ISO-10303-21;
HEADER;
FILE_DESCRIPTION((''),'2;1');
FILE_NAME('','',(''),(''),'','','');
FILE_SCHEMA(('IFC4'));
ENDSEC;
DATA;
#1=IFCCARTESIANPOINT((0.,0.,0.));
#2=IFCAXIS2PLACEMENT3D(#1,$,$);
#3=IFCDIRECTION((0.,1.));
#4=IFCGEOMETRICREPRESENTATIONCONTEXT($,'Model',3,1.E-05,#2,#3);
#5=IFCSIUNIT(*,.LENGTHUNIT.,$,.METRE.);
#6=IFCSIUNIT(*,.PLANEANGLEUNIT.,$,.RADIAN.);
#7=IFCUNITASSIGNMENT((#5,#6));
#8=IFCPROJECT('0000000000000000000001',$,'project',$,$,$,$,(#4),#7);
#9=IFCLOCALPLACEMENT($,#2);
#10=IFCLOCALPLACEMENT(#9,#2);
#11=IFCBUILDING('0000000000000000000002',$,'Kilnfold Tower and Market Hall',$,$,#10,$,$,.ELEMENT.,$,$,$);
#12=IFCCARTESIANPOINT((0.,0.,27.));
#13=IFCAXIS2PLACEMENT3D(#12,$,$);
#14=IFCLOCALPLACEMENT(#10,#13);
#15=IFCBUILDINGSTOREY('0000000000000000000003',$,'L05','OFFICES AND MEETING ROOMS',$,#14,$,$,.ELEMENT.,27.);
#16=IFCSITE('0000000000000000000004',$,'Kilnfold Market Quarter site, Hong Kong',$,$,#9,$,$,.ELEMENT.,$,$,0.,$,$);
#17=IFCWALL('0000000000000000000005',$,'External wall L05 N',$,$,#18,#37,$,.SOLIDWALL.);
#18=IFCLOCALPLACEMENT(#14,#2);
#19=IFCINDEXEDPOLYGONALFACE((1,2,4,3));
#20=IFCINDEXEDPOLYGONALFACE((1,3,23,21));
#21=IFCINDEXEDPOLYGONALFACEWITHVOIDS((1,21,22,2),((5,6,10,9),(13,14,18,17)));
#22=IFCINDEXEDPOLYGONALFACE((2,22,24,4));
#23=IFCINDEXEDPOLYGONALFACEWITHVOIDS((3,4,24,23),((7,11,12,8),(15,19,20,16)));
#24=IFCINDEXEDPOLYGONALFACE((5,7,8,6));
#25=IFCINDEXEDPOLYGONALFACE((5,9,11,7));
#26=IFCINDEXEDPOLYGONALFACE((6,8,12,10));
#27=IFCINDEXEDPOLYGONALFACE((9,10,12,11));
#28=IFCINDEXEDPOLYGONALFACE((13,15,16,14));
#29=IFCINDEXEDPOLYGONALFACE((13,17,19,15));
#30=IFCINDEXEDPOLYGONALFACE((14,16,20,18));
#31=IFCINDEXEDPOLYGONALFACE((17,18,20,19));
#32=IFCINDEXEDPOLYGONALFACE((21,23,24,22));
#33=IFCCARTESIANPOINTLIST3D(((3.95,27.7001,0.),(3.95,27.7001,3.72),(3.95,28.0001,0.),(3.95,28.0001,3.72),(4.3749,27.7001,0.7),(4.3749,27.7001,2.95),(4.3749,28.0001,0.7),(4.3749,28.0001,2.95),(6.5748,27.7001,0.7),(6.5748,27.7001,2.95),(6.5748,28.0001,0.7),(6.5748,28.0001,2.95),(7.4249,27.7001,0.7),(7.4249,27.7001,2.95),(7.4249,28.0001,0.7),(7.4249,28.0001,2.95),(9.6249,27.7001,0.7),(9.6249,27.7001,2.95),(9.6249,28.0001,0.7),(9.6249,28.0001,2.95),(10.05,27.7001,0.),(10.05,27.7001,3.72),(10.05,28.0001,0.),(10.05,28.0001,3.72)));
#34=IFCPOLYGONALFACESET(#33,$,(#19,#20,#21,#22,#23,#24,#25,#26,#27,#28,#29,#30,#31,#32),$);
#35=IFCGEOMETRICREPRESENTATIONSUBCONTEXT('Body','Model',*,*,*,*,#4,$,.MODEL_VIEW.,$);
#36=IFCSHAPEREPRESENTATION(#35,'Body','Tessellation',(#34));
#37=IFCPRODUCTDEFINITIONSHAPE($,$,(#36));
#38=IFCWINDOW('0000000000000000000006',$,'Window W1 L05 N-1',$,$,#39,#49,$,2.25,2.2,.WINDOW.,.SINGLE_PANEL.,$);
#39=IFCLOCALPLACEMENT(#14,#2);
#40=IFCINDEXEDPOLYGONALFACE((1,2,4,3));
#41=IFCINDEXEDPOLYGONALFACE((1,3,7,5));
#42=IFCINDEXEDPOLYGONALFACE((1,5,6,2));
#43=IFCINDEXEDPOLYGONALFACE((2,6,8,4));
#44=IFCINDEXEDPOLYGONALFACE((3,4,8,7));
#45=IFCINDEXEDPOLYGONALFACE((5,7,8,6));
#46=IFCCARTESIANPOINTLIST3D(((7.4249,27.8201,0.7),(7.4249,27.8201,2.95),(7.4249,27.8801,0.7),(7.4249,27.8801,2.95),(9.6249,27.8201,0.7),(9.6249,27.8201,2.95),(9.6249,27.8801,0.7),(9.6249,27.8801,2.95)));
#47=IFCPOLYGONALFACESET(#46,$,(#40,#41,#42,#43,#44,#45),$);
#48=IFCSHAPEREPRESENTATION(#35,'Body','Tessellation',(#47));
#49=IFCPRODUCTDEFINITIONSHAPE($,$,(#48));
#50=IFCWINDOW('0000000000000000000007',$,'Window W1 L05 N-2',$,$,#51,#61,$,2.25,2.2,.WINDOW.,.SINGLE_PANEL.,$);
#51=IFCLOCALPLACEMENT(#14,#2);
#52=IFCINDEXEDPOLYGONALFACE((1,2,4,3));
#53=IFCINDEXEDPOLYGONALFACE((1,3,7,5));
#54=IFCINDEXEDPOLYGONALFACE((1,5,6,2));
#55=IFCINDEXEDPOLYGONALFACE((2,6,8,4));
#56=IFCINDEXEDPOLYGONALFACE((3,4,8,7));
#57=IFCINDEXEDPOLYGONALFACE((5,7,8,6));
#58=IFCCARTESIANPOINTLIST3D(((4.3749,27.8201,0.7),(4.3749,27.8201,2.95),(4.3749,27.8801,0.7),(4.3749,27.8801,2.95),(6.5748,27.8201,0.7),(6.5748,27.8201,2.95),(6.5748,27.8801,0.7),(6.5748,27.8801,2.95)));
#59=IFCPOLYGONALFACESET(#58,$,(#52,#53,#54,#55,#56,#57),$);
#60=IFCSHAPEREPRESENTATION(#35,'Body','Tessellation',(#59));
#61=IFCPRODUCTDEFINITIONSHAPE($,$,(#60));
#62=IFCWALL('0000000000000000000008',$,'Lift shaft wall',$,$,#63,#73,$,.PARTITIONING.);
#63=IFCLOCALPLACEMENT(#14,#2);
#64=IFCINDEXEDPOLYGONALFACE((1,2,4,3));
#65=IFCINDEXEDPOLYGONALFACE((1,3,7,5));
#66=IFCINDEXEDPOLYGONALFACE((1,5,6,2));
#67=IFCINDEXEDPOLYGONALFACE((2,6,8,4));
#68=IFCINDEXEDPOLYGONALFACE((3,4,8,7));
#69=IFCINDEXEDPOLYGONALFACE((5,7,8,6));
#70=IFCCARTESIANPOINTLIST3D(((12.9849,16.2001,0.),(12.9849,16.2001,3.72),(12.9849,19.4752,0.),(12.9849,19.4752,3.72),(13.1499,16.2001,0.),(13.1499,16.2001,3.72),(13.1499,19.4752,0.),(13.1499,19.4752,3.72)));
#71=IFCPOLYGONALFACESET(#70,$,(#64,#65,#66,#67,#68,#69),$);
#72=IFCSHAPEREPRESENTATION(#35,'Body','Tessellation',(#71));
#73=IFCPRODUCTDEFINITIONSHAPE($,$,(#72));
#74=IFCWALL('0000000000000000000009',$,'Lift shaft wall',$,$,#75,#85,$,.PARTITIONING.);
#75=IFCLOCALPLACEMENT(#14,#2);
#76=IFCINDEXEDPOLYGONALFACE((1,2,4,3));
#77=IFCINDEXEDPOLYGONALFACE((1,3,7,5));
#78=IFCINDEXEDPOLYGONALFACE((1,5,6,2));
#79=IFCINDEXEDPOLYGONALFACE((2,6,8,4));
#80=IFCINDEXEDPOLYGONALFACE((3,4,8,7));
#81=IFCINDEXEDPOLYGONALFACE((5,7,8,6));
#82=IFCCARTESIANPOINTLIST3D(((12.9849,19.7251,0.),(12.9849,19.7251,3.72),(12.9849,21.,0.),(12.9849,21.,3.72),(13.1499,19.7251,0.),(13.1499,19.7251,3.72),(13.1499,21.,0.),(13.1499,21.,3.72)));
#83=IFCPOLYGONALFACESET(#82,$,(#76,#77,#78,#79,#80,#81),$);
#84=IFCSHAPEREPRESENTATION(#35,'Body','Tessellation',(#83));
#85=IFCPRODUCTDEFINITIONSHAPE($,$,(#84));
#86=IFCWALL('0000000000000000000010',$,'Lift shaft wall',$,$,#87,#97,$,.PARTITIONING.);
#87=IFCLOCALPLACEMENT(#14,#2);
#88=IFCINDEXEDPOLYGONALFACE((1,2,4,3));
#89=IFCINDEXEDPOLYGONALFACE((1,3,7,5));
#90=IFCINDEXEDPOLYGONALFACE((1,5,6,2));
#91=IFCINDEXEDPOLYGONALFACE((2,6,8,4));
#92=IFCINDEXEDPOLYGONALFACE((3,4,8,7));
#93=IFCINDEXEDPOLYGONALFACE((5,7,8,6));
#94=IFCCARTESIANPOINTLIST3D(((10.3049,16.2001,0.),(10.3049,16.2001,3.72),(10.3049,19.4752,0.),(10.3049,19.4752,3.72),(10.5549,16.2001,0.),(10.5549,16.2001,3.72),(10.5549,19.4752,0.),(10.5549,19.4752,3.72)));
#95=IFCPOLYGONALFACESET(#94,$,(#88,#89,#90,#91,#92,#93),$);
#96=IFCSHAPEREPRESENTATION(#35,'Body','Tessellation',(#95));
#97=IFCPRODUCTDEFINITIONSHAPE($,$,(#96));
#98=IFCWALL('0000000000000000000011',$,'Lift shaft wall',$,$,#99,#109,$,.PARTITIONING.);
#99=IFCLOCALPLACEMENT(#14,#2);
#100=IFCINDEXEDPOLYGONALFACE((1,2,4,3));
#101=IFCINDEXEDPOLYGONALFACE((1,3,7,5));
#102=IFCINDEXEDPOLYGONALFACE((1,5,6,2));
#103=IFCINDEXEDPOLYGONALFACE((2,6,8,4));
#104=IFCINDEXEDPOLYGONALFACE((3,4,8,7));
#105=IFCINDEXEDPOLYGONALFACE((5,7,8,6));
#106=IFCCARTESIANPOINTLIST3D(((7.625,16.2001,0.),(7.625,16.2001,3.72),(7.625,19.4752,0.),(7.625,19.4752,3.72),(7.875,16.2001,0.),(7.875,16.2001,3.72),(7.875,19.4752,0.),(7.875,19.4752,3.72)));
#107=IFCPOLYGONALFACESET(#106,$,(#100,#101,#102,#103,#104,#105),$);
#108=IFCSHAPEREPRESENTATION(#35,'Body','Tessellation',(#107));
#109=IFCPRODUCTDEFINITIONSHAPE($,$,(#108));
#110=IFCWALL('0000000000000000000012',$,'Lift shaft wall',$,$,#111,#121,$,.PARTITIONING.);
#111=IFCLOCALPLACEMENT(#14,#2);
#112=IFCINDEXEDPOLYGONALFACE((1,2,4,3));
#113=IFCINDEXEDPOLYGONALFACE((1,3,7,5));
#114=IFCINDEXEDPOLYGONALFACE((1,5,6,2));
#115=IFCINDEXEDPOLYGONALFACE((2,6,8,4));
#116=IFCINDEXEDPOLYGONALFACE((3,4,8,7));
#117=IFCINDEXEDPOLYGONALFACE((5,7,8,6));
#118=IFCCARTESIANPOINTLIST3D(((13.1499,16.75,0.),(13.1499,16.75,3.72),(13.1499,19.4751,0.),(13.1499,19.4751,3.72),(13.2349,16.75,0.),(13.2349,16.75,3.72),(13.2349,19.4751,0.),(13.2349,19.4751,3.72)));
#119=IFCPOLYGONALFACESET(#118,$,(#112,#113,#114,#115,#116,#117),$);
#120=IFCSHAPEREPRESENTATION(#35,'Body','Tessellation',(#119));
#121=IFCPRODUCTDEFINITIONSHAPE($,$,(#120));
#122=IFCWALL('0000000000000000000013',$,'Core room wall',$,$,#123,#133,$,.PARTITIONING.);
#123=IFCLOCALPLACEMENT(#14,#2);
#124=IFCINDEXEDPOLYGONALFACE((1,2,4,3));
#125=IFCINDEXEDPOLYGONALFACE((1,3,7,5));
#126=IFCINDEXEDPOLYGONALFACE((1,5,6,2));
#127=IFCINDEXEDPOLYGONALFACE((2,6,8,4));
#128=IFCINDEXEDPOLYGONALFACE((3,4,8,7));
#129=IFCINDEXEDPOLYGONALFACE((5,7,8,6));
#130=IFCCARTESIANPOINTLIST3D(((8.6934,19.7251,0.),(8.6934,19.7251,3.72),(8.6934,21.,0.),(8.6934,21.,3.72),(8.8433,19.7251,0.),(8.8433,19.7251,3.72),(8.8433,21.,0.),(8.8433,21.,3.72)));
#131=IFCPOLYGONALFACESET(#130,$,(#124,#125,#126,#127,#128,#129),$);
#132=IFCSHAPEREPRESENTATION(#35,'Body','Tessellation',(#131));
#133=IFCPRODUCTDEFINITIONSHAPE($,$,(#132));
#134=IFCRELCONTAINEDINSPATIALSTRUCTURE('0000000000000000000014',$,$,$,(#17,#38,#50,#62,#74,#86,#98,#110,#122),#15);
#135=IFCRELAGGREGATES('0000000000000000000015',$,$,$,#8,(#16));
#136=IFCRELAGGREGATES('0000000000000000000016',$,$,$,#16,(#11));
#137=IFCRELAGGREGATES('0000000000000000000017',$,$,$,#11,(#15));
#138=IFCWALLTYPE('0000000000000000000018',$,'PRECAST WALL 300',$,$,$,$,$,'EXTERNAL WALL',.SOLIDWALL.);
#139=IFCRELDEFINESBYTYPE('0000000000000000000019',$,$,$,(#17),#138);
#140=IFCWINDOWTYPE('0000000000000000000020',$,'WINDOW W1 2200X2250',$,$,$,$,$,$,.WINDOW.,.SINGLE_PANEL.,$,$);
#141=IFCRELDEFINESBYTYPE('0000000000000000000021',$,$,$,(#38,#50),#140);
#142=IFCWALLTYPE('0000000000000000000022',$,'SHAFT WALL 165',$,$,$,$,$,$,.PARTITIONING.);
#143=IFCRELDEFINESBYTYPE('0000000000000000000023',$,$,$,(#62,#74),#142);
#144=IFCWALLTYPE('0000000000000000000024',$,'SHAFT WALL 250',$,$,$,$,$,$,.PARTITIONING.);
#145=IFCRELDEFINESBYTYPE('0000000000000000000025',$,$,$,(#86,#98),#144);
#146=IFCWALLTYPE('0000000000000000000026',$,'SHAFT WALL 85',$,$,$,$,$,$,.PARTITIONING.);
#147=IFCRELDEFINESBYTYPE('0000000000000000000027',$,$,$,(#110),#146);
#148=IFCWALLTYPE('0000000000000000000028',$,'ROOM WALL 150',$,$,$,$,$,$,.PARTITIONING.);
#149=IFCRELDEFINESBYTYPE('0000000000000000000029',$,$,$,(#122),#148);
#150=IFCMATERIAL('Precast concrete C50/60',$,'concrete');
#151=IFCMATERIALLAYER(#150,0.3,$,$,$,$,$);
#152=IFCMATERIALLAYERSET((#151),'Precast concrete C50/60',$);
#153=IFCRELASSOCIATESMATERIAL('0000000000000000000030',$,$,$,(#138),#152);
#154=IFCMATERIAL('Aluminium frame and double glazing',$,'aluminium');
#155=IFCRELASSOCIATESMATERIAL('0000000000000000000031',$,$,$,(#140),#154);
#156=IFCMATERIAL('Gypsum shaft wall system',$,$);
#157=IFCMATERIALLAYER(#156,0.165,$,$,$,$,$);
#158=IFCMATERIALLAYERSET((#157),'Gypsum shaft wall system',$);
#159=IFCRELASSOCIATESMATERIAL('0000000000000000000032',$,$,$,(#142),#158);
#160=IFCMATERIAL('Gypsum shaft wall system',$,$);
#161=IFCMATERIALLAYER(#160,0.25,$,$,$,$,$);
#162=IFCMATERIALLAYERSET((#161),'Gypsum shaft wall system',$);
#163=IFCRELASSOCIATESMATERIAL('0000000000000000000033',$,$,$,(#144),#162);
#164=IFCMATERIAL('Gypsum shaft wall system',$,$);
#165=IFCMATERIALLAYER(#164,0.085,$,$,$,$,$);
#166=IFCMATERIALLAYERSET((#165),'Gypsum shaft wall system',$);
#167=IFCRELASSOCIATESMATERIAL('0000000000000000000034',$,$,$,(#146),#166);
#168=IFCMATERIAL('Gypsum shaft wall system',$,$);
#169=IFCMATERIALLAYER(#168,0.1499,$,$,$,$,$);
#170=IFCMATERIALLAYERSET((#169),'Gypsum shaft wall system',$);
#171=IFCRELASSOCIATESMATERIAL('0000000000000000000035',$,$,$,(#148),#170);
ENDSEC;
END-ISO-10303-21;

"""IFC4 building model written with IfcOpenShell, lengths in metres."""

from ifc_helpers import new_model, si_unit, direction, frame, frame_2d, origin, place, context, subcontext, project, spatial, rectangle, extrude, source, transform, mapped, material, layer, layer_set, type_object, element, fill, save


model = new_model("IFC4")

# Units and contexts
model_context = context("Model", 3, precision=1e-05, world=origin(), true_north=direction((0.0, 1.0)))
body_context = subcontext(model_context, "Body", "Model", "MODEL_VIEW")
ifc_project = project(units=[si_unit("LENGTHUNIT", "METRE"), si_unit("PLANEANGLEUNIT", "RADIAN")], contexts=[model_context])

# Site, building, storey
site_placement = place(None, origin())
site = spatial("IfcSite", under=ifc_project, at=site_placement, Name="Kilnfold Market Quarter site, Hong Kong", CompositionType="ELEMENT", RefElevation=0.0)
building_placement = place(site_placement, origin())
building = spatial("IfcBuilding", under=site, at=building_placement, Name="Kilnfold Tower and Market Hall", CompositionType="ELEMENT")
storey_placement = place(building_placement, frame((0.0, 0.0, 27.0)))
storey = spatial("IfcBuildingStorey", under=building, at=storey_placement, Name="L05", Description="OFFICES AND MEETING ROOMS", CompositionType="ELEMENT", Elevation=27.0)

# Wall, openings, windows
ifc_material_1 = material(Name="Precast concrete C50/60", Category="concrete")
ifc_layer_1 = layer(ifc_material_1, 0.3)
ifc_layer_set_1 = layer_set([ifc_layer_1], Name="Precast concrete C50/60")
wall_type_1 = type_object("IfcWallType", Name="PRECAST WALL 300", ElementType="EXTERNAL WALL", PredefinedType="SOLIDWALL", material=ifc_layer_set_1)
shared_shape_1 = source(origin(), body_context, "Body", "SweptSolid", [
    extrude(rectangle(XDim=6.1001, YDim=0.3, at=frame_2d((3.05, 0.0))), origin(), (0.0, 0.0, 1.0), 3.72),
])
ifc_material_2 = material(Name="Aluminium frame and double glazing", Category="aluminium")
window_type = type_object("IfcWindowType", Name="WINDOW W1 2200X2250", PartitioningType="SINGLE_PANEL", PredefinedType="WINDOW", material=ifc_material_2)
wall_1_placement = place(storey_placement, frame((10.05, 27.8501, 0.0), z_axis=(0.0, 0.0, 1.0), x_axis=(-1.0, 0.0, 0.0)))
wall_1 = element("IfcWall", 1, at=wall_1_placement, inside=storey, type_object=wall_type_1, Name="External wall L05 N", PredefinedType="SOLIDWALL", context=body_context, shape_type="MappedRepresentation", body=[
    mapped(shared_shape_1, transform((0.0, 0.0, 0.0))),
])
opening_1_placement = place(wall_1_placement, frame((0.425, 0.0, 0.7)))
opening_1 = element("IfcOpeningElement", 2, at=opening_1_placement, cuts=wall_1, PredefinedType="OPENING", context=body_context, shape_type="SweptSolid", body=[
    extrude(rectangle(XDim=2.2, YDim=2.25, at=frame_2d((1.1001, 1.125))), frame((0.0, 0.1602, 0.0), z_axis=(0.0, -1.0, 0.0), x_axis=(1.0, 0.0, 0.0)), (0.0, 0.0, 1.0), 0.3201),
])
opening_2_placement = place(wall_1_placement, frame((3.4751, 0.0, 0.7)))
opening_2 = element("IfcOpeningElement", 3, at=opening_2_placement, cuts=wall_1, PredefinedType="OPENING", context=body_context, shape_type="SweptSolid", body=[
    extrude(rectangle(XDim=2.2, YDim=2.25, at=frame_2d((1.1001, 1.125))), frame((0.0, 0.1602, 0.0), z_axis=(0.0, -1.0, 0.0), x_axis=(1.0, 0.0, 0.0)), (0.0, 0.0, 1.0), 0.3201),
])
window_1_placement = place(opening_1_placement, origin())
window_1 = element("IfcWindow", 4, at=window_1_placement, inside=storey, type_object=window_type, Name="Window W1 L05 N-1", OverallHeight=2.25, OverallWidth=2.2, PartitioningType="SINGLE_PANEL", PredefinedType="WINDOW", context=body_context, shape_type="SweptSolid", body=[
    extrude(rectangle(XDim=2.2, YDim=2.25, at=frame_2d((1.1001, 1.125))), frame((0.0, 0.03, 0.0), z_axis=(0.0, -1.0, 0.0), x_axis=(1.0, 0.0, 0.0)), (0.0, 0.0, 1.0), 0.0601),
])
fill(opening_1, window_1)
window_2_placement = place(opening_2_placement, origin())
window_2 = element("IfcWindow", 5, at=window_2_placement, inside=storey, type_object=window_type, Name="Window W1 L05 N-2", OverallHeight=2.25, OverallWidth=2.2, PartitioningType="SINGLE_PANEL", PredefinedType="WINDOW", context=body_context, shape_type="SweptSolid", body=[
    extrude(rectangle(XDim=2.2, YDim=2.25, at=frame_2d((1.1001, 1.125))), frame((0.0, 0.03, 0.0), z_axis=(0.0, -1.0, 0.0), x_axis=(1.0, 0.0, 0.0)), (0.0, 0.0, 1.0), 0.0601),
])
fill(opening_2, window_2)

# Walls
ifc_material_3 = material(Name="Gypsum shaft wall system")
ifc_layer_2 = layer(ifc_material_3, 0.165)
ifc_layer_set_2 = layer_set([ifc_layer_2], Name="Gypsum shaft wall system")
wall_type_2 = type_object("IfcWallType", Name="SHAFT WALL 165", PredefinedType="PARTITIONING", material=ifc_layer_set_2)
shared_shape_2 = source(origin(), body_context, "Body", "SweptSolid", [
    extrude(rectangle(XDim=3.2751, YDim=0.165, at=frame_2d((1.6377, 0.0))), origin(), (0.0, 0.0, 1.0), 3.72),
])
wall_2_placement = place(storey_placement, frame((13.0674, 16.2, 0.0), z_axis=(0.0, 0.0, 1.0), x_axis=(0.0, 1.0, 0.0)))
element("IfcWall", 6, at=wall_2_placement, inside=storey, type_object=wall_type_2, Name="Lift shaft wall", PredefinedType="PARTITIONING", context=body_context, shape_type="MappedRepresentation", body=[
    mapped(shared_shape_2, transform((0.0, 0.0, 0.0))),
])
shared_shape_3 = source(origin(), body_context, "Body", "SweptSolid", [
    extrude(rectangle(XDim=1.2749, YDim=0.165, at=frame_2d((0.6375, 0.0))), origin(), (0.0, 0.0, 1.0), 3.72),
])
wall_3_placement = place(storey_placement, frame((13.0674, 19.7251, 0.0), z_axis=(0.0, 0.0, 1.0), x_axis=(0.0, 1.0, 0.0)))
element("IfcWall", 7, at=wall_3_placement, inside=storey, type_object=wall_type_2, Name="Lift shaft wall", PredefinedType="PARTITIONING", context=body_context, shape_type="MappedRepresentation", body=[
    mapped(shared_shape_3, transform((0.0, 0.0, 0.0))),
])
ifc_material_4 = material(Name="Gypsum shaft wall system")
ifc_layer_3 = layer(ifc_material_4, 0.25)
ifc_layer_set_3 = layer_set([ifc_layer_3], Name="Gypsum shaft wall system")
wall_type_3 = type_object("IfcWallType", Name="SHAFT WALL 250", PredefinedType="PARTITIONING", material=ifc_layer_set_3)
shared_shape_4 = source(origin(), body_context, "Body", "SweptSolid", [
    extrude(rectangle(XDim=3.2751, YDim=0.25, at=frame_2d((1.6377, 0.0))), origin(), (0.0, 0.0, 1.0), 3.72),
])
for number, where, z_axis, x_axis, name in (
    (8, (10.4299, 16.2, 0.0), (0.0, 0.0, 1.0), (0.0, 1.0, 0.0), "Lift shaft wall"),
    (9, (7.75, 16.2, 0.0), (0.0, 0.0, 1.0), (0.0, 1.0, 0.0), "Lift shaft wall"),
):
    element("IfcWall", number, at=place(storey_placement, frame(where, z_axis=z_axis, x_axis=x_axis)), inside=storey, type_object=wall_type_3, Name=name, PredefinedType="PARTITIONING", context=body_context, shape_type="MappedRepresentation", body=[
        mapped(shared_shape_4, transform((0.0, 0.0, 0.0))),
    ])
ifc_material_5 = material(Name="Gypsum shaft wall system")
ifc_layer_4 = layer(ifc_material_5, 0.085)
ifc_layer_set_4 = layer_set([ifc_layer_4], Name="Gypsum shaft wall system")
wall_type_4 = type_object("IfcWallType", Name="SHAFT WALL 85", PredefinedType="PARTITIONING", material=ifc_layer_set_4)
shared_shape_5 = source(origin(), body_context, "Body", "SweptSolid", [
    extrude(rectangle(XDim=2.7251, YDim=0.085, at=frame_2d((1.3625, 0.0))), origin(), (0.0, 0.0, 1.0), 3.72),
])
wall_4_placement = place(storey_placement, frame((13.1924, 16.75, 0.0), z_axis=(0.0, 0.0, 1.0), x_axis=(0.0, 1.0, 0.0)))
element("IfcWall", 10, at=wall_4_placement, inside=storey, type_object=wall_type_4, Name="Lift shaft wall", PredefinedType="PARTITIONING", context=body_context, shape_type="MappedRepresentation", body=[
    mapped(shared_shape_5, transform((0.0, 0.0, 0.0))),
])
ifc_material_6 = material(Name="Gypsum shaft wall system")
ifc_layer_5 = layer(ifc_material_6, 0.1499)
ifc_layer_set_5 = layer_set([ifc_layer_5], Name="Gypsum shaft wall system")
wall_type_5 = type_object("IfcWallType", Name="ROOM WALL 150", PredefinedType="PARTITIONING", material=ifc_layer_set_5)
shared_shape_6 = source(origin(), body_context, "Body", "SweptSolid", [
    extrude(rectangle(XDim=1.2749, YDim=0.1499, at=frame_2d((0.6375, 0.0))), origin(), (0.0, 0.0, 1.0), 3.72),
])
wall_5_placement = place(storey_placement, frame((8.7683, 19.7251, 0.0), z_axis=(0.0, 0.0, 1.0), x_axis=(0.0, 1.0, 0.0)))
element("IfcWall", 11, at=wall_5_placement, inside=storey, type_object=wall_type_5, Name="Core room wall", PredefinedType="PARTITIONING", context=body_context, shape_type="MappedRepresentation", body=[
    mapped(shared_shape_6, transform((0.0, 0.0, 0.0))),
])

save(model, "model.ifc")
